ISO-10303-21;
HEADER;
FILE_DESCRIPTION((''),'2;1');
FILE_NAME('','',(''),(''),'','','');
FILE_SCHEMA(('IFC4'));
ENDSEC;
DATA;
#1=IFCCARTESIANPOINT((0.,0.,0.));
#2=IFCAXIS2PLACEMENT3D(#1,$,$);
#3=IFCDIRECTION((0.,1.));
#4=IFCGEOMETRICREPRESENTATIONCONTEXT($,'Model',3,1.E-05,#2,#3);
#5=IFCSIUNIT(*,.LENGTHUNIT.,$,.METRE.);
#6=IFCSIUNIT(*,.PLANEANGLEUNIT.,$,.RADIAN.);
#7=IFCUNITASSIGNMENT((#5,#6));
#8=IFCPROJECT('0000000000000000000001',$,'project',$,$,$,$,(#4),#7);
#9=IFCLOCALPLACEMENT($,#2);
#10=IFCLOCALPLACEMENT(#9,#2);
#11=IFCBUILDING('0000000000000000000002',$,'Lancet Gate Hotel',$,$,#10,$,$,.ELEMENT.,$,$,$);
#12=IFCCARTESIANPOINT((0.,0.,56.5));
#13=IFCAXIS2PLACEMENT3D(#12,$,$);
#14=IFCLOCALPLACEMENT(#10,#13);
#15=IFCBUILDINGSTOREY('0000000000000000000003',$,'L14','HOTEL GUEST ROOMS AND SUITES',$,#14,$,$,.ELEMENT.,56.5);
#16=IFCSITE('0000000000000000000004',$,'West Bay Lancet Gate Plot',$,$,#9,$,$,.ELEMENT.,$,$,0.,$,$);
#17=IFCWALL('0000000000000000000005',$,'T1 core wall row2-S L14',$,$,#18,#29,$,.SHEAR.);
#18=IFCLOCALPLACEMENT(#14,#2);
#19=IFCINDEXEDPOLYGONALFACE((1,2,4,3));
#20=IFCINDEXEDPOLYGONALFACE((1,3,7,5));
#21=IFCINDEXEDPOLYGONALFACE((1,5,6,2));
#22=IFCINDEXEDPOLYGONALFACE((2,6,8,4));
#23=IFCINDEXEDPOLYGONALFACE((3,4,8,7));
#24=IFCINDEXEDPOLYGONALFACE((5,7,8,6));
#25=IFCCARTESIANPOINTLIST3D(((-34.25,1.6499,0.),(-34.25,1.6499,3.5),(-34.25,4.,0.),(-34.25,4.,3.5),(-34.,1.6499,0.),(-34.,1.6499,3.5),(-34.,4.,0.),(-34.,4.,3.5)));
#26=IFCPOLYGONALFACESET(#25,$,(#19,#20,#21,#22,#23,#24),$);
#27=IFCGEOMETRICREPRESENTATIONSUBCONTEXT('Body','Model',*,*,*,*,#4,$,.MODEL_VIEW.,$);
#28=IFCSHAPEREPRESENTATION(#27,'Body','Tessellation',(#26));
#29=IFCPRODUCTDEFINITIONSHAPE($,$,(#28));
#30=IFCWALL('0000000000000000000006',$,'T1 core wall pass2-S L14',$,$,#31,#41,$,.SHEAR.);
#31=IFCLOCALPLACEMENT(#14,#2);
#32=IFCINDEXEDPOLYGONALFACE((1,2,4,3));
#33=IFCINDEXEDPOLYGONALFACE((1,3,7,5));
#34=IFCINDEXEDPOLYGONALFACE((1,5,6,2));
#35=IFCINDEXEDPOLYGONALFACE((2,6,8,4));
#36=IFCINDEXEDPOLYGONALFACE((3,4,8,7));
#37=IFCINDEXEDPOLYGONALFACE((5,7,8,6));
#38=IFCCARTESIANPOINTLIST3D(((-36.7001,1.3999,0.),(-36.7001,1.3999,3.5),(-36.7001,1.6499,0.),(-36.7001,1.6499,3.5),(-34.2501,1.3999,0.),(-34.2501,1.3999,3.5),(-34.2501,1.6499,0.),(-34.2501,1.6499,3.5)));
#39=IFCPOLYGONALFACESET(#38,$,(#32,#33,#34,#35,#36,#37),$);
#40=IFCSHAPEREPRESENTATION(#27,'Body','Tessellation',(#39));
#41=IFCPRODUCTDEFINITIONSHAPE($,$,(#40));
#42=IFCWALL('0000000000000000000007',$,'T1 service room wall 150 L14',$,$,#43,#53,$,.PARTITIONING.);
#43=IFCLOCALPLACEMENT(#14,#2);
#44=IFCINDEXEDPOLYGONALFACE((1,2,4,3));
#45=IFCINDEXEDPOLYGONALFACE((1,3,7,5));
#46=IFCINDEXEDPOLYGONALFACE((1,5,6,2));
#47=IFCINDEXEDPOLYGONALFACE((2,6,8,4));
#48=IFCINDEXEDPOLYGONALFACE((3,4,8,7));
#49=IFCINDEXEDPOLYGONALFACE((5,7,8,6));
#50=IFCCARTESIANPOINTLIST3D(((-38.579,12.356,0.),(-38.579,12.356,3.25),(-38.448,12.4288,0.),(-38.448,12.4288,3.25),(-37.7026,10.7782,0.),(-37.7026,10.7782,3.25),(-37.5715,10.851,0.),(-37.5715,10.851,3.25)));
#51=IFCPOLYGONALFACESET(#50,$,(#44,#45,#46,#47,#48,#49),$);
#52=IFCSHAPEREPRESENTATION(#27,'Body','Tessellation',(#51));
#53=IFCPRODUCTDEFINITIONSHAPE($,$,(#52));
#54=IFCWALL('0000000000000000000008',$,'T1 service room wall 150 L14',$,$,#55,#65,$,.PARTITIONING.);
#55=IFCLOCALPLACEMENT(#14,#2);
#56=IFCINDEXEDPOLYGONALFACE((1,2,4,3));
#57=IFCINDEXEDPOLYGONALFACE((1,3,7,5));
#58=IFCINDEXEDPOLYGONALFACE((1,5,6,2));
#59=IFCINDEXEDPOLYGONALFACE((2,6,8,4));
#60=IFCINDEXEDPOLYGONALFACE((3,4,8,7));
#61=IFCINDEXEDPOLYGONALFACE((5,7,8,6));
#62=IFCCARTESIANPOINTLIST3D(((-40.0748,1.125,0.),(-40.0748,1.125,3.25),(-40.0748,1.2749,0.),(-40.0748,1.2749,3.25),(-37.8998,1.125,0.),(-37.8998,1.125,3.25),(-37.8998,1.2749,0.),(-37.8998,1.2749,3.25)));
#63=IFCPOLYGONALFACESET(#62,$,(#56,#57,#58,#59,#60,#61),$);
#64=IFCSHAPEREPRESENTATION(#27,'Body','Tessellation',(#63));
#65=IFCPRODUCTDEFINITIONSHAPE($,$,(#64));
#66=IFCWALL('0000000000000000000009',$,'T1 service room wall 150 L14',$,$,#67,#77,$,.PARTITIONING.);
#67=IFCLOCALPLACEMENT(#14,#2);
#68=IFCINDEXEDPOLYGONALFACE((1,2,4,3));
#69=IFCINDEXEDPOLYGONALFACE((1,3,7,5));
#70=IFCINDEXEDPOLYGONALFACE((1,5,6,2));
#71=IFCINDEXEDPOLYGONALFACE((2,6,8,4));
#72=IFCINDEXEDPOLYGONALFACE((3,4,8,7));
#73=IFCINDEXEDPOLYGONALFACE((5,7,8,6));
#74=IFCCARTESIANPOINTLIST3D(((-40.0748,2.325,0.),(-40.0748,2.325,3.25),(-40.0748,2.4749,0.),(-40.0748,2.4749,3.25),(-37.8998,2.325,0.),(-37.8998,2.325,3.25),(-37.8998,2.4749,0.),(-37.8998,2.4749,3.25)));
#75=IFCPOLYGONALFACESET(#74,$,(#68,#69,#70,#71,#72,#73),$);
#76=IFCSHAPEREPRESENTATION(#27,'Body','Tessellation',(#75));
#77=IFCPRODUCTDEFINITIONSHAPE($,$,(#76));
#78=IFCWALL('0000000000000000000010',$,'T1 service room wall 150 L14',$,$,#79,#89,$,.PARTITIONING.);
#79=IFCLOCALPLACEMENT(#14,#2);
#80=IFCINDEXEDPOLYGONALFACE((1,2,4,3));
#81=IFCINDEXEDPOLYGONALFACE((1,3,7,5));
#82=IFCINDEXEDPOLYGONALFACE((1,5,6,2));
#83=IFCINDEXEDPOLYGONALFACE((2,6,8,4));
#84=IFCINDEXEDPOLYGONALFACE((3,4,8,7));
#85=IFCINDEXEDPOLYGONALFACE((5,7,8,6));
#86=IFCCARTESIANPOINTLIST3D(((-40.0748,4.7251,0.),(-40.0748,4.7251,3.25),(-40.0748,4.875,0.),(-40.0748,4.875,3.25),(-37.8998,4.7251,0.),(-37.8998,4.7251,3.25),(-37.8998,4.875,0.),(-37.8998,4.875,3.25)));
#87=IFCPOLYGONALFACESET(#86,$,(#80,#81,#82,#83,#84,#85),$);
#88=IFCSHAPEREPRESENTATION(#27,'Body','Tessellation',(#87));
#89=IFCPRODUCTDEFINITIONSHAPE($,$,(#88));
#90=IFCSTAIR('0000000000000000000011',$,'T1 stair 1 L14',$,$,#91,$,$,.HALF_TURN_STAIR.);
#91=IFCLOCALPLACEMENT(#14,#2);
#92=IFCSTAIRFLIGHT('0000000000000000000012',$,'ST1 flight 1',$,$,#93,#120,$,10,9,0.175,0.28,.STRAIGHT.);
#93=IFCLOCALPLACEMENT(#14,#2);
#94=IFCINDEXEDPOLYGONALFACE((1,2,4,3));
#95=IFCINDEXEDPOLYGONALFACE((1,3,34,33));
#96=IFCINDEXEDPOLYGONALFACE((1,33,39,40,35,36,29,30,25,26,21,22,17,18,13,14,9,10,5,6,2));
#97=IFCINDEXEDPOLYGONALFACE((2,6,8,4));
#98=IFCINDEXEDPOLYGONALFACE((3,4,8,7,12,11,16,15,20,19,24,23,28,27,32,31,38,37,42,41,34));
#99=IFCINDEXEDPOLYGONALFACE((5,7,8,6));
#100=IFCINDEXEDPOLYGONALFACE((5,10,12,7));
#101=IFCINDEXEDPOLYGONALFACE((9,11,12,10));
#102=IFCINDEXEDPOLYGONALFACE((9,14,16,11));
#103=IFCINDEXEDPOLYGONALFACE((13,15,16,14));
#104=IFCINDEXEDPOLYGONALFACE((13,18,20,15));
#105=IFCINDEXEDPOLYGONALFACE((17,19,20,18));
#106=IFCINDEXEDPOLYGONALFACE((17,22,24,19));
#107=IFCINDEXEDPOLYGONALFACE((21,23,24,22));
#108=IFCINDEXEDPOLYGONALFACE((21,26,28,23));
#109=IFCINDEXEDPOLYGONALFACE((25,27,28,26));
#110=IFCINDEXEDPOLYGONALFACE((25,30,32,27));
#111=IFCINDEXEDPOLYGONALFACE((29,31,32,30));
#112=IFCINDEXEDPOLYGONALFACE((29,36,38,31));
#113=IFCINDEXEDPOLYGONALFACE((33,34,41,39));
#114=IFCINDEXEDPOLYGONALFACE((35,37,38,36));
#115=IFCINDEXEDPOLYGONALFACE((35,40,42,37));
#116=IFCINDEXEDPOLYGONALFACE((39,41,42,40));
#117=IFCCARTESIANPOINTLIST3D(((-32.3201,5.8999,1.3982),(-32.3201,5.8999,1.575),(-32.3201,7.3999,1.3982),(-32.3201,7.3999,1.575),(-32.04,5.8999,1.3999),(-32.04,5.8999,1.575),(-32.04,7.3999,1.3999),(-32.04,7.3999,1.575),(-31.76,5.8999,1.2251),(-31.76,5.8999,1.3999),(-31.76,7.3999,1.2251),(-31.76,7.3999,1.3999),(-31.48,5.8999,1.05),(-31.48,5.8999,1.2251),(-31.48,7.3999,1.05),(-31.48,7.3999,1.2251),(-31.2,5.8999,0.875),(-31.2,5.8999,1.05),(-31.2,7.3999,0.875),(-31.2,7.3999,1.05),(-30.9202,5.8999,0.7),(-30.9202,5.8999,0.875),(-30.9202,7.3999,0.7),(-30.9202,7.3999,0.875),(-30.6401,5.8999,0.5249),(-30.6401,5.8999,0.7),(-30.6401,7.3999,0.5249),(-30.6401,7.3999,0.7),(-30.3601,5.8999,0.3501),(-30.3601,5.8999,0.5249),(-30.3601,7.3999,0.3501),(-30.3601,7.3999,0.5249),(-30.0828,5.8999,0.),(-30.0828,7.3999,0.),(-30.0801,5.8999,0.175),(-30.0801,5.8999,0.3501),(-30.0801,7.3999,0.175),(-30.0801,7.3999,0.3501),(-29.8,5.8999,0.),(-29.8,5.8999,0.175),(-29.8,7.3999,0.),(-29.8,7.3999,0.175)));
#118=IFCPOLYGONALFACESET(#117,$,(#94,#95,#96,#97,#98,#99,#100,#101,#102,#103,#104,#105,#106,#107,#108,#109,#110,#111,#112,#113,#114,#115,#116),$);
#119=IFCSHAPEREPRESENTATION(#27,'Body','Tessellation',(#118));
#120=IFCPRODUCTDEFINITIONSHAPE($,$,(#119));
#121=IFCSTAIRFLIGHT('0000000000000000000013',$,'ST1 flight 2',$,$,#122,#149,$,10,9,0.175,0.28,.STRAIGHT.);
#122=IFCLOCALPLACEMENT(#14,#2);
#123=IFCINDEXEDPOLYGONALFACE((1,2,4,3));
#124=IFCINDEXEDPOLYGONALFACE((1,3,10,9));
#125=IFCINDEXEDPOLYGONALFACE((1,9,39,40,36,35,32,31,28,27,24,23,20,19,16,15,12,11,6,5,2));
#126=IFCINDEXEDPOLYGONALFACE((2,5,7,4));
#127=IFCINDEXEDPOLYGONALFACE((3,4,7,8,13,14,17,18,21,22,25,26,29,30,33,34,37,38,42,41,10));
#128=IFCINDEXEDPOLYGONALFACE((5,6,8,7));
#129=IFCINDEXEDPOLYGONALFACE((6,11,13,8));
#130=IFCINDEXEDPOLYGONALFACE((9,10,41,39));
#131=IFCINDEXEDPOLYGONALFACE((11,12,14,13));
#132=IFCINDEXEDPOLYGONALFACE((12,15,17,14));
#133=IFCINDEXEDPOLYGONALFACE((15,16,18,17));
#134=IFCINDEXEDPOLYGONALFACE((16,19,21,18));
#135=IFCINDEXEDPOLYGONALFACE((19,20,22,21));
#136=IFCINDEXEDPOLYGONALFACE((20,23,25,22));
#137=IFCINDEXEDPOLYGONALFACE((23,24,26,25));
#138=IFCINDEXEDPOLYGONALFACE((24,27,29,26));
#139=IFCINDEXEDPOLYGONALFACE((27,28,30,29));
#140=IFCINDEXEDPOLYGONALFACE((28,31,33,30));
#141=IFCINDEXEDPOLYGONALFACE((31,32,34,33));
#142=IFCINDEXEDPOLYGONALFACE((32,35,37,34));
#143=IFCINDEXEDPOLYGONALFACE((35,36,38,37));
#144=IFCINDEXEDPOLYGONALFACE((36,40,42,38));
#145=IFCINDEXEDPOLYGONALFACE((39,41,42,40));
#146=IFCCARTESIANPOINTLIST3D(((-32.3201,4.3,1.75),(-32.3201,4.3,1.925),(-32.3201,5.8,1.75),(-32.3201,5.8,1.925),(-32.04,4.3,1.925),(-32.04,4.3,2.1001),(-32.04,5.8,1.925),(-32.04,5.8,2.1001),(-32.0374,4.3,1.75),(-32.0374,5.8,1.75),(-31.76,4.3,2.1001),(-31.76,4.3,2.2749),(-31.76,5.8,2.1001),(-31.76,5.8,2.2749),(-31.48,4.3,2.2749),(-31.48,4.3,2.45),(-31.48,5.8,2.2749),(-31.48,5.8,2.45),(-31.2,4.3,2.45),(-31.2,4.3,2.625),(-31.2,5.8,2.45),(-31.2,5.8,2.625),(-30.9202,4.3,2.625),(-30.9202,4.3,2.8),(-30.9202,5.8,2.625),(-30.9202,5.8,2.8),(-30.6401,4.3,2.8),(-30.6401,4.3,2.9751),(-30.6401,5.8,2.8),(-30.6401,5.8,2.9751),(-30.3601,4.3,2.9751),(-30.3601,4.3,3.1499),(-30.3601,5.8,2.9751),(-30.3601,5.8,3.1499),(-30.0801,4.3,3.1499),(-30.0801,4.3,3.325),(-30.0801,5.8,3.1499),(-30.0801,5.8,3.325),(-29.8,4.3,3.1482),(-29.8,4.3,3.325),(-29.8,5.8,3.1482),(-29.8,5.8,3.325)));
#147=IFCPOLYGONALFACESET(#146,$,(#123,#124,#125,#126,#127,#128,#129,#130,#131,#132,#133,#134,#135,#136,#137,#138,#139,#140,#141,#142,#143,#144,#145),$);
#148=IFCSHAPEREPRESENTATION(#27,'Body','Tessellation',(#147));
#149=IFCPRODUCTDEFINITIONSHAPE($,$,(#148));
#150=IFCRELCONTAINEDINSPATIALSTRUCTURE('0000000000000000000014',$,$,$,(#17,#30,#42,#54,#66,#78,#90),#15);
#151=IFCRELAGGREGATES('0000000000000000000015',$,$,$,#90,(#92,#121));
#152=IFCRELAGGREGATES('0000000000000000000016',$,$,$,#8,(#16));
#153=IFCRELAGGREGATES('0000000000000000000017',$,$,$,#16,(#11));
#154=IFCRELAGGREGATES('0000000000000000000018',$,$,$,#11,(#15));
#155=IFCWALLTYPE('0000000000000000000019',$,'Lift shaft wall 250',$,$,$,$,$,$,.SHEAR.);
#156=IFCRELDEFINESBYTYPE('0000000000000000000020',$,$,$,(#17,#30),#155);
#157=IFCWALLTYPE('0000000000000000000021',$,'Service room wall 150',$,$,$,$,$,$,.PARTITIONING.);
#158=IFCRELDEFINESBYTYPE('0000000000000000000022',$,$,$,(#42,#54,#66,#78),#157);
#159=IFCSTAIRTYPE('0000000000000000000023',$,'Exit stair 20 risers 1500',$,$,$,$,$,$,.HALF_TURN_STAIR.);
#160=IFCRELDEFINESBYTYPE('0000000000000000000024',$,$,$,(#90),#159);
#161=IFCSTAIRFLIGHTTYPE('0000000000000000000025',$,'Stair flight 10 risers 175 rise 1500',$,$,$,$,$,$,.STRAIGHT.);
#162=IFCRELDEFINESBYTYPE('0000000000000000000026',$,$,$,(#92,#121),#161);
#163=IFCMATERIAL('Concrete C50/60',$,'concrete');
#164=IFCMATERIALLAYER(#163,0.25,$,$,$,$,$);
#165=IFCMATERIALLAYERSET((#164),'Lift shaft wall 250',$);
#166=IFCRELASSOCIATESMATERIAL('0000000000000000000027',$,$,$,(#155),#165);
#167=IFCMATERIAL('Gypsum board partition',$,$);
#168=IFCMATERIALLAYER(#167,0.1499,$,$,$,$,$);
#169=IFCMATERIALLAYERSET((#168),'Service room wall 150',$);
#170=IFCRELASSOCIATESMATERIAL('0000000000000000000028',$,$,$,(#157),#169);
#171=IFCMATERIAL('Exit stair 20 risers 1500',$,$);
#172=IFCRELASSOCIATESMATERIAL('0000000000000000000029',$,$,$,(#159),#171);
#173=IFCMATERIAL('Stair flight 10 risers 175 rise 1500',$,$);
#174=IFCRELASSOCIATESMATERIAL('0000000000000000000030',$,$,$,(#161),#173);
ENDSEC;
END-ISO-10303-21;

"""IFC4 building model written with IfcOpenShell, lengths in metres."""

from ifc_helpers import new_model, si_unit, direction, frame, frame_2d, origin, place, context, subcontext, project, spatial, polyline, rectangle, outline, extrude, material, layer, layer_set, type_object, element, aggregate, save


model = new_model("IFC4")

# Units and contexts
model_context = context("Model", 3, precision=1e-05, world=origin(), true_north=direction((0.0, 1.0)))
body_context = subcontext(model_context, "Body", "Model", "MODEL_VIEW")
ifc_project = project(units=[si_unit("LENGTHUNIT", "METRE"), si_unit("PLANEANGLEUNIT", "RADIAN")], contexts=[model_context])

# Site, building, storey
site_placement = place(None, origin())
site = spatial("IfcSite", under=ifc_project, at=site_placement, Name="West Bay Lancet Gate Plot", CompositionType="ELEMENT", RefElevation=0.0)
building_placement = place(site_placement, origin())
building = spatial("IfcBuilding", under=site, at=building_placement, Name="Lancet Gate Hotel", CompositionType="ELEMENT")
storey_placement = place(building_placement, frame((0.0, 0.0, 56.5)))
storey = spatial("IfcBuildingStorey", under=building, at=storey_placement, Name="L14", Description="HOTEL GUEST ROOMS AND SUITES", CompositionType="ELEMENT", Elevation=56.5)

# Shared definitions
ifc_material_1 = material(Name="Concrete C50/60", Category="concrete")
ifc_layer_1 = layer(ifc_material_1, 0.25)
ifc_layer_set_1 = layer_set([ifc_layer_1], Name="Lift shaft wall 250")
wall_type_1 = type_object("IfcWallType", Name="Lift shaft wall 250", PredefinedType="SHEAR", material=ifc_layer_set_1)

# Walls
wall_1_placement = place(storey_placement, frame((-34.125, 4.0, 0.0), z_axis=(0.0, 0.0, 1.0), x_axis=(0.0, -1.0, 0.0)))
element("IfcWall", 1, at=wall_1_placement, inside=storey, type_object=wall_type_1, Name="T1 core wall row2-S L14", PredefinedType="SHEAR", context=body_context, shape_type="SweptSolid", body=[
    extrude(rectangle(XDim=2.3501, YDim=0.25, at=frame_2d((1.175, 0.0))), origin(), (0.0, 0.0, 1.0), 3.5),
])
wall_2_placement = place(storey_placement, frame((-34.25, 1.5249, 0.0), z_axis=(0.0, 0.0, 1.0), x_axis=(-1.0, 0.0, 0.0)))
element("IfcWall", 2, at=wall_2_placement, inside=storey, type_object=wall_type_1, Name="T1 core wall pass2-S L14", PredefinedType="SHEAR", context=body_context, shape_type="SweptSolid", body=[
    extrude(rectangle(XDim=2.45, YDim=0.25, at=frame_2d((1.2251, 0.0))), origin(), (0.0, 0.0, 1.0), 3.5),
])
ifc_material_2 = material(Name="Gypsum board partition")
ifc_layer_2 = layer(ifc_material_2, 0.1499)
ifc_layer_set_2 = layer_set([ifc_layer_2], Name="Service room wall 150")
wall_type_2 = type_object("IfcWallType", Name="Service room wall 150", PredefinedType="PARTITIONING", material=ifc_layer_set_2)
wall_3_placement = place(storey_placement, frame((-38.5134, 12.3923, 0.0), z_axis=(0.0, 0.0, 1.0), x_axis=(0.485586, -0.874189, 0.0)))
element("IfcWall", 3, at=wall_3_placement, inside=storey, type_object=wall_type_2, Name="T1 service room wall 150 L14", PredefinedType="PARTITIONING", context=body_context, shape_type="SweptSolid", body=[
    extrude(rectangle(XDim=1.8049, YDim=0.1499, at=frame_2d((0.9023, 0.0))), origin(), (0.0, 0.0, 1.0), 3.25),
])
for number, where, z_axis, x_axis, name in (
    (4, (-37.8999, 1.2, 0.0), (0.0, 0.0, 1.0), (-1.0, 0.0, 0.0), "T1 service room wall 150 L14"),
    (5, (-37.8999, 2.3999, 0.0), (0.0, 0.0, 1.0), (-1.0, 0.0, 0.0), "T1 service room wall 150 L14"),
    (6, (-37.8999, 4.8, 0.0), (0.0, 0.0, 1.0), (-1.0, 0.0, 0.0), "T1 service room wall 150 L14"),
):
    element("IfcWall", number, at=place(storey_placement, frame(where, z_axis=z_axis, x_axis=x_axis)), inside=storey, type_object=wall_type_2, Name=name, PredefinedType="PARTITIONING", context=body_context, shape_type="SweptSolid", body=[
        extrude(rectangle(XDim=2.175, YDim=0.1499, at=frame_2d((1.0874, 0.0))), origin(), (0.0, 0.0, 1.0), 3.25),
    ])

# Stair, stair flights
ifc_material_3 = material(Name="Exit stair 20 risers 1500")
stair_type = type_object("IfcStairType", Name="Exit stair 20 risers 1500", PredefinedType="HALF_TURN_STAIR", material=ifc_material_3)
stair_placement = place(storey_placement, origin())
stair = element("IfcStair", 7, at=stair_placement, inside=storey, type_object=stair_type, Name="T1 stair 1 L14", PredefinedType="HALF_TURN_STAIR")
ifc_material_4 = material(Name="Stair flight 10 risers 175 rise 1500")
stair_flight_type = type_object("IfcStairFlightType", Name="Stair flight 10 risers 175 rise 1500", PredefinedType="STRAIGHT", material=ifc_material_4)
stair_flight_1_placement = place(storey_placement, frame((-29.8, 6.6499, 0.0), z_axis=(0.0, 0.0, 1.0), x_axis=(-1.0, 0.0, 0.0)))
stair_flight_1 = element("IfcStairFlight", 8, at=stair_flight_1_placement, type_object=stair_flight_type, Name="ST1 flight 1", NumberOfRisers=10, NumberOfTreads=9, PredefinedType="STRAIGHT", RiserHeight=0.175, TreadLength=0.28, context=body_context, shape_type="SweptSolid", body=[
    extrude(outline(polyline([(0.0, 0.0), (0.0, 0.175), (0.28, 0.175), (0.28, 0.3501), (0.5601, 0.3501), (0.5601, 0.5249), (0.8401, 0.5249), (0.8401, 0.7), (1.1201, 0.7), (1.1201, 0.875), (1.3999, 0.875), (1.3999, 1.05), (1.6799, 1.05), (1.6799, 1.2251), (1.96, 1.2251), (1.96, 1.3999), (2.24, 1.3999), (2.24, 1.575), (2.52, 1.575), (2.52, 1.75), (2.52, 1.3982), (0.2827, 0.0), (0.0, 0.0)])), frame((0.0, 0.75, 0.0), z_axis=(0.0, -1.0, 0.0), x_axis=(1.0, 0.0, 0.0)), (0.0, 0.0, 1.0), 1.5),
])
stair_flight_2_placement = place(storey_placement, frame((-32.3201, 5.05, 1.75), z_axis=(0.0, 0.0, 1.0), x_axis=(1.0, 0.0, 0.0)))
stair_flight_2 = element("IfcStairFlight", 9, at=stair_flight_2_placement, type_object=stair_flight_type, Name="ST1 flight 2", NumberOfRisers=10, NumberOfTreads=9, PredefinedType="STRAIGHT", RiserHeight=0.175, TreadLength=0.28, context=body_context, shape_type="SweptSolid", body=[
    extrude(outline(polyline([(0.0, 0.0), (0.0, 0.175), (0.28, 0.175), (0.28, 0.3501), (0.5601, 0.3501), (0.5601, 0.5249), (0.8401, 0.5249), (0.8401, 0.7), (1.1201, 0.7), (1.1201, 0.875), (1.3999, 0.875), (1.3999, 1.05), (1.6799, 1.05), (1.6799, 1.2251), (1.96, 1.2251), (1.96, 1.3999), (2.24, 1.3999), (2.24, 1.575), (2.52, 1.575), (2.52, 1.75), (2.52, 1.3982), (0.2827, 0.0), (0.0, 0.0)])), frame((0.0, 0.75, 0.0), z_axis=(0.0, -1.0, 0.0), x_axis=(1.0, 0.0, 0.0)), (0.0, 0.0, 1.0), 1.5),
])
aggregate(stair, [stair_flight_1, stair_flight_2])

save(model, "model.ifc")
